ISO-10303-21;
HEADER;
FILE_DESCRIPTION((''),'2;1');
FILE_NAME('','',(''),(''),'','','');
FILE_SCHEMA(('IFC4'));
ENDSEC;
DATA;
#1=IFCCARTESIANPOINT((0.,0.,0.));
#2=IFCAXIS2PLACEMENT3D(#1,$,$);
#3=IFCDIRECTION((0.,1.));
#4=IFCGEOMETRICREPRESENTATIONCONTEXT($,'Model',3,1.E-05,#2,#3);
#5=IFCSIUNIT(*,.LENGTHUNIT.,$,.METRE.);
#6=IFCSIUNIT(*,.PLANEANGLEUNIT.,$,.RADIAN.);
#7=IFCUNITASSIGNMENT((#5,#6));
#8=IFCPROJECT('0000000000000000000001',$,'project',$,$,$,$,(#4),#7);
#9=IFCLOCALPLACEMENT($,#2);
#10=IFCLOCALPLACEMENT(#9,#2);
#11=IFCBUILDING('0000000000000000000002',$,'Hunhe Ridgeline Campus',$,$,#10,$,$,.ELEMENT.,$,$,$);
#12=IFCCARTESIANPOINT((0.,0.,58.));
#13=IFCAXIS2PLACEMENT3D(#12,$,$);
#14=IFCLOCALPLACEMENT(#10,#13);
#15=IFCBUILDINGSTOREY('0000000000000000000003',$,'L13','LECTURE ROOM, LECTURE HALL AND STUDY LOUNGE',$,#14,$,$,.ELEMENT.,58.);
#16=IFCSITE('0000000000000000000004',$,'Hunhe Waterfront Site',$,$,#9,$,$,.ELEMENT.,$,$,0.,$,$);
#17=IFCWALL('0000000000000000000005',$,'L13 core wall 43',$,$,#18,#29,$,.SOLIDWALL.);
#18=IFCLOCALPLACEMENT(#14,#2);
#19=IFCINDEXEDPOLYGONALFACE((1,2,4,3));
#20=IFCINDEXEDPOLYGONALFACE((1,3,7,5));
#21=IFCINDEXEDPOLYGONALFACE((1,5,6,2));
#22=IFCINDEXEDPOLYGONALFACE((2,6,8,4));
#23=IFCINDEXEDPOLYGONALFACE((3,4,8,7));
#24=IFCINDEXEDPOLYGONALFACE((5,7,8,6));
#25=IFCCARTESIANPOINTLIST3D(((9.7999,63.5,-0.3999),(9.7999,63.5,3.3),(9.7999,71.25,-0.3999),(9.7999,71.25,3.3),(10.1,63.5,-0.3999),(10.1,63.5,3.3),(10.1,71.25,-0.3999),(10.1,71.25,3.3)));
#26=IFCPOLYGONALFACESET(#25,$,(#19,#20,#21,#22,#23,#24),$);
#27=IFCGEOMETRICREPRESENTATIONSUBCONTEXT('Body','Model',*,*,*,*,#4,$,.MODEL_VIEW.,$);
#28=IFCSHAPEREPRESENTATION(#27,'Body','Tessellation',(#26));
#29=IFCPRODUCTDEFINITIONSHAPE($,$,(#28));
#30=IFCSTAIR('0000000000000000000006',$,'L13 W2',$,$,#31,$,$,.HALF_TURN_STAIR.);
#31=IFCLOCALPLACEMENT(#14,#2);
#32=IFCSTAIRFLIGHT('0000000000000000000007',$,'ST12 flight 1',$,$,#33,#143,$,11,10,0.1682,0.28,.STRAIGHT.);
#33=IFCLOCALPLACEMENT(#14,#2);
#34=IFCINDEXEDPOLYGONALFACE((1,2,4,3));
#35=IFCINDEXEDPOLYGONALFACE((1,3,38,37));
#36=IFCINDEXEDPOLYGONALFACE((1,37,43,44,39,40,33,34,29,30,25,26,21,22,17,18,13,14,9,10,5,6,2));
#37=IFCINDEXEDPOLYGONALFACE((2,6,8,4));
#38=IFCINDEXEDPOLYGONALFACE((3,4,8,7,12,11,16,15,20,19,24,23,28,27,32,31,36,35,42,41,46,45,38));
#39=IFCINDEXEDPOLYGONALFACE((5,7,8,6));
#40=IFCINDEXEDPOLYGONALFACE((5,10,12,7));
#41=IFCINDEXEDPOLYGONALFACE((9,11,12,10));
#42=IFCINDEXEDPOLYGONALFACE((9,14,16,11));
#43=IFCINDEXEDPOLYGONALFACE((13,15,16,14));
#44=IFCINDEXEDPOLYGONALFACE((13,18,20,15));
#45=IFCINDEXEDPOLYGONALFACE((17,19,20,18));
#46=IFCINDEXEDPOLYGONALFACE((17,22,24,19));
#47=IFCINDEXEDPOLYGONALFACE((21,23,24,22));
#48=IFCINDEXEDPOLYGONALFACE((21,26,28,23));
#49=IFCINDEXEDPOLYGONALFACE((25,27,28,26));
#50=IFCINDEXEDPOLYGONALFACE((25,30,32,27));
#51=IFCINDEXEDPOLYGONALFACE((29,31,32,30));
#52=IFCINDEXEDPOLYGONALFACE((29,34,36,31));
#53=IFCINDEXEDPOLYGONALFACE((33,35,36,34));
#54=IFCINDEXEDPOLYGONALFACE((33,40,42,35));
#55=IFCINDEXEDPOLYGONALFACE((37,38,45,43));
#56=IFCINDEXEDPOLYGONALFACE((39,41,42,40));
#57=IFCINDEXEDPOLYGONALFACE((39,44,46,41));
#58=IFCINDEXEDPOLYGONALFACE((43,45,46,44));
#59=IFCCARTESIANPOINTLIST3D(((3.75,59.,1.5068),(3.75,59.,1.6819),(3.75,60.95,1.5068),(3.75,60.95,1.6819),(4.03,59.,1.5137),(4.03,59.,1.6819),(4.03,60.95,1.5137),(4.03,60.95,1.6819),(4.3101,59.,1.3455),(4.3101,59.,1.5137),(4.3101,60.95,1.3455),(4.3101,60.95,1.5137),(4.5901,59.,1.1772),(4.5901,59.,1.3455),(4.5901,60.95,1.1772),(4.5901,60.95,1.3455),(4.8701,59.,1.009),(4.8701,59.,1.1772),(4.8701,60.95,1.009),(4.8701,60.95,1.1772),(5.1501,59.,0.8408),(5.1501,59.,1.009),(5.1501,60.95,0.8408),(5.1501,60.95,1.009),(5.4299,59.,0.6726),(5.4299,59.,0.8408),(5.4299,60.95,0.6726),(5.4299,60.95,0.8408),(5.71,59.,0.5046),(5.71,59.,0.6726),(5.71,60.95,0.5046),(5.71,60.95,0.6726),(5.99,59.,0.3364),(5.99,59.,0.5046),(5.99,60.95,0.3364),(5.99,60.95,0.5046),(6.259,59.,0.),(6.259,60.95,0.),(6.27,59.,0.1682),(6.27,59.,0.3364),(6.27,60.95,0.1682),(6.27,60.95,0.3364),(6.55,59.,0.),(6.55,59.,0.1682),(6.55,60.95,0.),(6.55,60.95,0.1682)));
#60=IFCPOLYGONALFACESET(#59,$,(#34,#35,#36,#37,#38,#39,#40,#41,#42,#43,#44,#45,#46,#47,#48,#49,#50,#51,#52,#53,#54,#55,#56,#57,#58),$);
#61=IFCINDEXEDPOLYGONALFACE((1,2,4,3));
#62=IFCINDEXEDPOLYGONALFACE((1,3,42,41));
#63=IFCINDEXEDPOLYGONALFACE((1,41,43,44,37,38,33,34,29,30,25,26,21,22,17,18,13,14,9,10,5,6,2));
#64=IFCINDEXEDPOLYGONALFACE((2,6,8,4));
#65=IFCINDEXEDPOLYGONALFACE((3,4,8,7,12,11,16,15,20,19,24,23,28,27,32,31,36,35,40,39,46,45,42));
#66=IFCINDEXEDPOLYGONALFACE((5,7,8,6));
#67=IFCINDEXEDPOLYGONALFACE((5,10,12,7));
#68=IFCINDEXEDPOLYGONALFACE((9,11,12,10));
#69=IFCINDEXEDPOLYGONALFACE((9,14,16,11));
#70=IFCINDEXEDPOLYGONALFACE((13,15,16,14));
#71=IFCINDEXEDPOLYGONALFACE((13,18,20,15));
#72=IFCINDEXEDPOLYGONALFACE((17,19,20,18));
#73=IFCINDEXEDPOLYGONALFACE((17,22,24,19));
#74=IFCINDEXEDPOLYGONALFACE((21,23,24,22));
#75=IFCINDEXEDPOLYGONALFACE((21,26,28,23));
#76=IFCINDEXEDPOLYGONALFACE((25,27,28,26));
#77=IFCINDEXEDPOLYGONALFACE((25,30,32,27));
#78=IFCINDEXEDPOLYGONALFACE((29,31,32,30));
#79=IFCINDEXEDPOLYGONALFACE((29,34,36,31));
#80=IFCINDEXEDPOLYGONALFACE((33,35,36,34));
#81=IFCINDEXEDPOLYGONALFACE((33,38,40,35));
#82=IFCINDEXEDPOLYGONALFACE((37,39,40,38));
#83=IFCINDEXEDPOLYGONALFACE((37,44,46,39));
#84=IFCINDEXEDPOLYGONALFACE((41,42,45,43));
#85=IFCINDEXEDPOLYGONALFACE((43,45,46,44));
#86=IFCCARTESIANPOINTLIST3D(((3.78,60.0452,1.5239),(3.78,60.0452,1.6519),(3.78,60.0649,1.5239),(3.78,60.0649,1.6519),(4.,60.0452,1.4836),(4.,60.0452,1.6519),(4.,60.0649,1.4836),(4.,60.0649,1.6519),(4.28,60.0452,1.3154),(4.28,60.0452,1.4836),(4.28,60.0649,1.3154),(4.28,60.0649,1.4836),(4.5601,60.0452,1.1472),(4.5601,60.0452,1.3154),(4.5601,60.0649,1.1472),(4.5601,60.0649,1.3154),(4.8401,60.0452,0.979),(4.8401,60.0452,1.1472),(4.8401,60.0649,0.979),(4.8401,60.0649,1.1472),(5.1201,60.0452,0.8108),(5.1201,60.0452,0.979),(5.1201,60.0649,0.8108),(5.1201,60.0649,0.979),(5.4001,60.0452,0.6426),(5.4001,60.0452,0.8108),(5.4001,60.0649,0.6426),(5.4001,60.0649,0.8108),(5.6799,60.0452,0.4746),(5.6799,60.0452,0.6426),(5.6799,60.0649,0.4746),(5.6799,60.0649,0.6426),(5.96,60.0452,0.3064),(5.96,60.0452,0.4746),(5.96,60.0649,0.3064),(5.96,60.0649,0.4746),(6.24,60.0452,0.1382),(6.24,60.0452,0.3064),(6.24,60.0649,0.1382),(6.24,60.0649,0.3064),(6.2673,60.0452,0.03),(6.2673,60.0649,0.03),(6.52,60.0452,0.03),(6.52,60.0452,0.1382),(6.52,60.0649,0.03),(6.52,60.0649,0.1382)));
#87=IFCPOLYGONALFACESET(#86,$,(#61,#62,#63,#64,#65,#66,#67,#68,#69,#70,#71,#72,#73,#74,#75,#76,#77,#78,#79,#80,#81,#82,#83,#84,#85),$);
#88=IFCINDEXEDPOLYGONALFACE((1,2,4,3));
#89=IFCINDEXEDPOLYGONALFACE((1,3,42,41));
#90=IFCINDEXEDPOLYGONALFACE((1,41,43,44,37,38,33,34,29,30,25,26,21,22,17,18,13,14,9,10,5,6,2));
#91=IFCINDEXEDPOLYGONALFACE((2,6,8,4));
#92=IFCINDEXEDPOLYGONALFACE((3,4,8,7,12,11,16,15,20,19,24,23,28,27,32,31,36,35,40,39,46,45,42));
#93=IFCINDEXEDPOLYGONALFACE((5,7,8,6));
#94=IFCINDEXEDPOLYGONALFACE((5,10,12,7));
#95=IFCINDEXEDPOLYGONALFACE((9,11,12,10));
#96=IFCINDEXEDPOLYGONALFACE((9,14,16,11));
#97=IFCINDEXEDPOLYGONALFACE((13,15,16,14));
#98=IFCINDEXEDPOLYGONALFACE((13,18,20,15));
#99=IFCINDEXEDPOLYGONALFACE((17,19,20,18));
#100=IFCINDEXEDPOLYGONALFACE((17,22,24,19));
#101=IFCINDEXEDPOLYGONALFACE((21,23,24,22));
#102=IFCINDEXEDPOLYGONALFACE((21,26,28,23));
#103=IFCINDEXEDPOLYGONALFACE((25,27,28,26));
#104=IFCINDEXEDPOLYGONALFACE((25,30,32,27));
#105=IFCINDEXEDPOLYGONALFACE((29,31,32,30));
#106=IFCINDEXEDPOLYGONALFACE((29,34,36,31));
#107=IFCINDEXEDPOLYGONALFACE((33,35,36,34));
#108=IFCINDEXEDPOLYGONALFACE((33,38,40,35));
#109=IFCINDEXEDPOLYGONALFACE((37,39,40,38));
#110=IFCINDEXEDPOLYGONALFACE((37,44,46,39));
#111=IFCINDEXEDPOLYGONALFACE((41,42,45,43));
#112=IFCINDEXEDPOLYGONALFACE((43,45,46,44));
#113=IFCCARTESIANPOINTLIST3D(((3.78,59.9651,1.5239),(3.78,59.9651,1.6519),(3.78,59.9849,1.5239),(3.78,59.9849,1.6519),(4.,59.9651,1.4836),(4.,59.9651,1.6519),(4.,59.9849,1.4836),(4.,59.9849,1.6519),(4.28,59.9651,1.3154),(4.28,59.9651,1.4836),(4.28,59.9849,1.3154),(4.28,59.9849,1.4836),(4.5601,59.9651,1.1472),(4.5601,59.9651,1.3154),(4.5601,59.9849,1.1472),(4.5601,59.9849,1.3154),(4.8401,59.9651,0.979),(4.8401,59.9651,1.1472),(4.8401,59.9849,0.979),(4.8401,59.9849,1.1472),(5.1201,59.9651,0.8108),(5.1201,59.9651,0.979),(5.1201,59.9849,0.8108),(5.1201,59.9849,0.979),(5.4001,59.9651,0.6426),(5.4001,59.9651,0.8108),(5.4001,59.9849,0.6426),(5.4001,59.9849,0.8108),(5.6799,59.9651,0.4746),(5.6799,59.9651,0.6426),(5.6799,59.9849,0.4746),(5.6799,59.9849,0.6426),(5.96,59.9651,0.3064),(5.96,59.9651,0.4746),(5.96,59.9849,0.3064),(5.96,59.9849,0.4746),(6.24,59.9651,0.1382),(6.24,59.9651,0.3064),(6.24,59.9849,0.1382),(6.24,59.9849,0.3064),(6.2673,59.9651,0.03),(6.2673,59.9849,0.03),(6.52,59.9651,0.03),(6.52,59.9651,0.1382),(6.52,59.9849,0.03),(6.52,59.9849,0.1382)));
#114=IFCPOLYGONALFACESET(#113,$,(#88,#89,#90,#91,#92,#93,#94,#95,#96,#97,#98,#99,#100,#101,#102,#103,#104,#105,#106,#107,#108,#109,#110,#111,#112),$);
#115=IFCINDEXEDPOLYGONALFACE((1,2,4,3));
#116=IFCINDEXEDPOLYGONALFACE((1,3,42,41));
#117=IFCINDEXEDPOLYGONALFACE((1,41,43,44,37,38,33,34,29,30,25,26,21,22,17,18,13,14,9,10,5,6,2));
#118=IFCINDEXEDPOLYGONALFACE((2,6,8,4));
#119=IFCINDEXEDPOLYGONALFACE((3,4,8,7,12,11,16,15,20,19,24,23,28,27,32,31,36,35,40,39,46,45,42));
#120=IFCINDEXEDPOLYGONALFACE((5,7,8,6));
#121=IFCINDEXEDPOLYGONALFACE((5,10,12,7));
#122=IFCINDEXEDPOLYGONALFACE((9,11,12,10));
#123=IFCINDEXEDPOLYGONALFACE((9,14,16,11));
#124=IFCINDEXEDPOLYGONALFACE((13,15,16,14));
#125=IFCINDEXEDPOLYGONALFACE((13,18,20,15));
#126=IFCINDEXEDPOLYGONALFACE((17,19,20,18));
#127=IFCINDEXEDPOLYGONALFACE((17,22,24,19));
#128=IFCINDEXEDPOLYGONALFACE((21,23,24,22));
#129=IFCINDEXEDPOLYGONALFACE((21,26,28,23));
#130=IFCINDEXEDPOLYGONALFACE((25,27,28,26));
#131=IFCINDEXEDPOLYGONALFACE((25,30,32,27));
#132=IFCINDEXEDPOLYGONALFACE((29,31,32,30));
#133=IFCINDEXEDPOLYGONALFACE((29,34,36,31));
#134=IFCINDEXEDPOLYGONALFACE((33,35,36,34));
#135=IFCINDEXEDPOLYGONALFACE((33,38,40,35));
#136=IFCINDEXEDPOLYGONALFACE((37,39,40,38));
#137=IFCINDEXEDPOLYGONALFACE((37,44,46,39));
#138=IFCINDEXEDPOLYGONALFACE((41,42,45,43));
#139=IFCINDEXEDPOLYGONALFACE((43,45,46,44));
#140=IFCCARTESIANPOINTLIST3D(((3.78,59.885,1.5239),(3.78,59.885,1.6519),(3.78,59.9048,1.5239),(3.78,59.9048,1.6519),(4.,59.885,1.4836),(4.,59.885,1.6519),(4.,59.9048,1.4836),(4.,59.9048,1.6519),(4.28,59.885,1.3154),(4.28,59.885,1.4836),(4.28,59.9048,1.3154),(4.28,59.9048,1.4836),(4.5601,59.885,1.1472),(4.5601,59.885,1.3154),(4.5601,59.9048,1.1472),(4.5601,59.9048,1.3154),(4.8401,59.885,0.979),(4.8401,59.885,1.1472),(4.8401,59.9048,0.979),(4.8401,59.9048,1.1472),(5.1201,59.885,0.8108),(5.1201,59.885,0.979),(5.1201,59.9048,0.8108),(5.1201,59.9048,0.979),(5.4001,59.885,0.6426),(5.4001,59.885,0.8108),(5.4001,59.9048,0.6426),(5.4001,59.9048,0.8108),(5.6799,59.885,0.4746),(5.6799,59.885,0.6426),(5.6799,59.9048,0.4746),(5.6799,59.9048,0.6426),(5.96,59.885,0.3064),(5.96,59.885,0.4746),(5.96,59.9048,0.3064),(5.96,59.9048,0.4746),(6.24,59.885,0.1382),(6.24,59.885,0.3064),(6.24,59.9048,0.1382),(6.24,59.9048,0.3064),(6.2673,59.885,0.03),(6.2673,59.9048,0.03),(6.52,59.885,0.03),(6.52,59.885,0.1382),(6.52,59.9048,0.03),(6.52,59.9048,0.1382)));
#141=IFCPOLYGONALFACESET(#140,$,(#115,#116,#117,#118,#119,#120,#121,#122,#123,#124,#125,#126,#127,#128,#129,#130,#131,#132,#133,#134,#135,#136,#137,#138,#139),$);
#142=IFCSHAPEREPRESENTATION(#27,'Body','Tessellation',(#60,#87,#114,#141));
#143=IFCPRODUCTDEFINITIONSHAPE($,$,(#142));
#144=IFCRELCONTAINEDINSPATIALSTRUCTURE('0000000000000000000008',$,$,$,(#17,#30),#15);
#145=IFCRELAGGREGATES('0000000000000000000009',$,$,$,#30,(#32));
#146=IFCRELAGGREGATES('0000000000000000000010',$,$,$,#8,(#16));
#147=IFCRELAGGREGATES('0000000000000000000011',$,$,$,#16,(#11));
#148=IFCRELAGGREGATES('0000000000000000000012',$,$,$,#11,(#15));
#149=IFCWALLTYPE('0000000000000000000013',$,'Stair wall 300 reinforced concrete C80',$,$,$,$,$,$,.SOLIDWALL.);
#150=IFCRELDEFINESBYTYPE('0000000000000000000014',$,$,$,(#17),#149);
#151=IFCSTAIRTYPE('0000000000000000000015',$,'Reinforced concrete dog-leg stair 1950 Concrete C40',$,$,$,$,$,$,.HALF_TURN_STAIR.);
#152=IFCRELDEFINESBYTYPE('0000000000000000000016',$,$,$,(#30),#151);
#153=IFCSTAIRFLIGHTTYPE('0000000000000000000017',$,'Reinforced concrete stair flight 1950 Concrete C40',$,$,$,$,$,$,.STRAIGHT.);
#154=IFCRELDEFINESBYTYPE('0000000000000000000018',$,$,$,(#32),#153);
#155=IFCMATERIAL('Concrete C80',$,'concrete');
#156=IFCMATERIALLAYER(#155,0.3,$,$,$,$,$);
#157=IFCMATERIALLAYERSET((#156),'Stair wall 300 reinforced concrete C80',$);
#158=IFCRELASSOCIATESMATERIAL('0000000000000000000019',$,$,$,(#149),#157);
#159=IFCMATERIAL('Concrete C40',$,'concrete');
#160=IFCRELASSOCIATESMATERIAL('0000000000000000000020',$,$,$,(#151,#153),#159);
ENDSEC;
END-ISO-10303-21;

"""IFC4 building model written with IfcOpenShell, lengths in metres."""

from ifc_helpers import new_model, si_unit, direction, frame, frame_2d, origin, place, context, subcontext, project, spatial, polyline, rectangle, outline, extrude, material, layer, layer_set, type_object, element, aggregate, save


model = new_model("IFC4")

# Units and contexts
model_context = context("Model", 3, precision=1e-05, world=origin(), true_north=direction((0.0, 1.0)))
body_context = subcontext(model_context, "Body", "Model", "MODEL_VIEW")
ifc_project = project(units=[si_unit("LENGTHUNIT", "METRE"), si_unit("PLANEANGLEUNIT", "RADIAN")], contexts=[model_context])

# Site, building, storey
site_placement = place(None, origin())
site = spatial("IfcSite", under=ifc_project, at=site_placement, Name="Hunhe Waterfront Site", CompositionType="ELEMENT", RefElevation=0.0)
building_placement = place(site_placement, origin())
building = spatial("IfcBuilding", under=site, at=building_placement, Name="Hunhe Ridgeline Campus", CompositionType="ELEMENT")
storey_placement = place(building_placement, frame((0.0, 0.0, 58.0)))
storey = spatial("IfcBuildingStorey", under=building, at=storey_placement, Name="L13", Description="LECTURE ROOM, LECTURE HALL AND STUDY LOUNGE", CompositionType="ELEMENT", Elevation=58.0)

# Shared definitions
ifc_material_1 = material(Name="Concrete C80", Category="concrete")

# Shared definitions
ifc_layer_1 = layer(ifc_material_1, 0.3)
ifc_layer_set_1 = layer_set([ifc_layer_1], Name="Stair wall 300 reinforced concrete C80")
wall_type_1 = type_object("IfcWallType", Name="Stair wall 300 reinforced concrete C80", PredefinedType="SOLIDWALL", material=ifc_layer_set_1)

# Wall
wall_1_placement = place(storey_placement, frame((9.95, 63.5, -0.3999), z_axis=(0.0, 0.0, 1.0), x_axis=(0.0, 1.0, 0.0)))
element("IfcWall", 1, at=wall_1_placement, inside=storey, type_object=wall_type_1, Name="L13 core wall 43", PredefinedType="SOLIDWALL", context=body_context, shape_type="SweptSolid", body=[
    extrude(rectangle(XDim=7.75, YDim=0.3, at=frame_2d((3.875, 0.0))), origin(), (0.0, 0.0, 1.0), 3.7),
])

# Stair, stair flight
ifc_material_2 = material(Name="Concrete C40", Category="concrete")
stair_type = type_object("IfcStairType", Name="Reinforced concrete dog-leg stair 1950 Concrete C40", PredefinedType="HALF_TURN_STAIR", material=ifc_material_2)
stair_placement = place(storey_placement, origin())
stair = element("IfcStair", 2, at=stair_placement, inside=storey, type_object=stair_type, Name="L13 W2", PredefinedType="HALF_TURN_STAIR")
stair_flight_type = type_object("IfcStairFlightType", Name="Reinforced concrete stair flight 1950 Concrete C40", PredefinedType="STRAIGHT", material=ifc_material_2)
stair_flight_1_placement = place(storey_placement, frame((6.55, 59.9751, 0.0), z_axis=(0.0, 0.0, 1.0), x_axis=(-1.0, 0.0, 0.0)))
stair_flight_1 = element("IfcStairFlight", 3, at=stair_flight_1_placement, type_object=stair_flight_type, Name="ST12 flight 1", NumberOfRisers=11, NumberOfTreads=10, PredefinedType="STRAIGHT", RiserHeight=0.1682, TreadLength=0.28, context=body_context, shape_type="SweptSolid", body=[
    extrude(outline(polyline([(0.0, 0.0), (0.0, 0.1682), (0.28, 0.1682), (0.28, 0.3364), (0.5601, 0.3364), (0.5601, 0.5046), (0.8401, 0.5046), (0.8401, 0.6726), (1.1201, 0.6726), (1.1201, 0.8408), (1.3999, 0.8408), (1.3999, 1.009), (1.6799, 1.009), (1.6799, 1.1772), (1.96, 1.1772), (1.96, 1.3455), (2.24, 1.3455), (2.24, 1.5137), (2.52, 1.5137), (2.52, 1.6819), (2.8, 1.6819), (2.8, 1.8501), (2.8, 1.5068), (0.291, 0.0), (0.0, 0.0)])), frame((0.0, 0.9751, 0.0), z_axis=(0.0, -1.0, 0.0), x_axis=(1.0, 0.0, 0.0)), (0.0, 0.0, 1.0), 1.95),
    extrude(outline(polyline([(0.03, 0.03), (0.03, 0.1382), (0.3101, 0.1382), (0.3101, 0.3064), (0.5901, 0.3064), (0.5901, 0.4746), (0.8701, 0.4746), (0.8701, 0.6426), (1.1499, 0.6426), (1.1499, 0.8108), (1.4299, 0.8108), (1.4299, 0.979), (1.71, 0.979), (1.71, 1.1472), (1.99, 1.1472), (1.99, 1.3154), (2.27, 1.3154), (2.27, 1.4836), (2.55, 1.4836), (2.55, 1.6519), (2.77, 1.6519), (2.77, 1.5239), (0.2827, 0.03), (0.03, 0.03)])), frame((0.0, -0.0701, 0.0), z_axis=(0.0, -1.0, 0.0), x_axis=(1.0, 0.0, 0.0)), (0.0, 0.0, 1.0), 0.0198),
    extrude(outline(polyline([(0.03, 0.03), (0.03, 0.1382), (0.3101, 0.1382), (0.3101, 0.3064), (0.5901, 0.3064), (0.5901, 0.4746), (0.8701, 0.4746), (0.8701, 0.6426), (1.1499, 0.6426), (1.1499, 0.8108), (1.4299, 0.8108), (1.4299, 0.979), (1.71, 0.979), (1.71, 1.1472), (1.99, 1.1472), (1.99, 1.3154), (2.27, 1.3154), (2.27, 1.4836), (2.55, 1.4836), (2.55, 1.6519), (2.77, 1.6519), (2.77, 1.5239), (0.2827, 0.03), (0.03, 0.03)])), frame((0.0, 0.01, 0.0), z_axis=(0.0, -1.0, 0.0), x_axis=(1.0, 0.0, 0.0)), (0.0, 0.0, 1.0), 0.0198),
    extrude(outline(polyline([(0.03, 0.03), (0.03, 0.1382), (0.3101, 0.1382), (0.3101, 0.3064), (0.5901, 0.3064), (0.5901, 0.4746), (0.8701, 0.4746), (0.8701, 0.6426), (1.1499, 0.6426), (1.1499, 0.8108), (1.4299, 0.8108), (1.4299, 0.979), (1.71, 0.979), (1.71, 1.1472), (1.99, 1.1472), (1.99, 1.3154), (2.27, 1.3154), (2.27, 1.4836), (2.55, 1.4836), (2.55, 1.6519), (2.77, 1.6519), (2.77, 1.5239), (0.2827, 0.03), (0.03, 0.03)])), frame((0.0, 0.0901, 0.0), z_axis=(0.0, -1.0, 0.0), x_axis=(1.0, 0.0, 0.0)), (0.0, 0.0, 1.0), 0.0198),
])
aggregate(stair, [stair_flight_1])

save(model, "model.ifc")
